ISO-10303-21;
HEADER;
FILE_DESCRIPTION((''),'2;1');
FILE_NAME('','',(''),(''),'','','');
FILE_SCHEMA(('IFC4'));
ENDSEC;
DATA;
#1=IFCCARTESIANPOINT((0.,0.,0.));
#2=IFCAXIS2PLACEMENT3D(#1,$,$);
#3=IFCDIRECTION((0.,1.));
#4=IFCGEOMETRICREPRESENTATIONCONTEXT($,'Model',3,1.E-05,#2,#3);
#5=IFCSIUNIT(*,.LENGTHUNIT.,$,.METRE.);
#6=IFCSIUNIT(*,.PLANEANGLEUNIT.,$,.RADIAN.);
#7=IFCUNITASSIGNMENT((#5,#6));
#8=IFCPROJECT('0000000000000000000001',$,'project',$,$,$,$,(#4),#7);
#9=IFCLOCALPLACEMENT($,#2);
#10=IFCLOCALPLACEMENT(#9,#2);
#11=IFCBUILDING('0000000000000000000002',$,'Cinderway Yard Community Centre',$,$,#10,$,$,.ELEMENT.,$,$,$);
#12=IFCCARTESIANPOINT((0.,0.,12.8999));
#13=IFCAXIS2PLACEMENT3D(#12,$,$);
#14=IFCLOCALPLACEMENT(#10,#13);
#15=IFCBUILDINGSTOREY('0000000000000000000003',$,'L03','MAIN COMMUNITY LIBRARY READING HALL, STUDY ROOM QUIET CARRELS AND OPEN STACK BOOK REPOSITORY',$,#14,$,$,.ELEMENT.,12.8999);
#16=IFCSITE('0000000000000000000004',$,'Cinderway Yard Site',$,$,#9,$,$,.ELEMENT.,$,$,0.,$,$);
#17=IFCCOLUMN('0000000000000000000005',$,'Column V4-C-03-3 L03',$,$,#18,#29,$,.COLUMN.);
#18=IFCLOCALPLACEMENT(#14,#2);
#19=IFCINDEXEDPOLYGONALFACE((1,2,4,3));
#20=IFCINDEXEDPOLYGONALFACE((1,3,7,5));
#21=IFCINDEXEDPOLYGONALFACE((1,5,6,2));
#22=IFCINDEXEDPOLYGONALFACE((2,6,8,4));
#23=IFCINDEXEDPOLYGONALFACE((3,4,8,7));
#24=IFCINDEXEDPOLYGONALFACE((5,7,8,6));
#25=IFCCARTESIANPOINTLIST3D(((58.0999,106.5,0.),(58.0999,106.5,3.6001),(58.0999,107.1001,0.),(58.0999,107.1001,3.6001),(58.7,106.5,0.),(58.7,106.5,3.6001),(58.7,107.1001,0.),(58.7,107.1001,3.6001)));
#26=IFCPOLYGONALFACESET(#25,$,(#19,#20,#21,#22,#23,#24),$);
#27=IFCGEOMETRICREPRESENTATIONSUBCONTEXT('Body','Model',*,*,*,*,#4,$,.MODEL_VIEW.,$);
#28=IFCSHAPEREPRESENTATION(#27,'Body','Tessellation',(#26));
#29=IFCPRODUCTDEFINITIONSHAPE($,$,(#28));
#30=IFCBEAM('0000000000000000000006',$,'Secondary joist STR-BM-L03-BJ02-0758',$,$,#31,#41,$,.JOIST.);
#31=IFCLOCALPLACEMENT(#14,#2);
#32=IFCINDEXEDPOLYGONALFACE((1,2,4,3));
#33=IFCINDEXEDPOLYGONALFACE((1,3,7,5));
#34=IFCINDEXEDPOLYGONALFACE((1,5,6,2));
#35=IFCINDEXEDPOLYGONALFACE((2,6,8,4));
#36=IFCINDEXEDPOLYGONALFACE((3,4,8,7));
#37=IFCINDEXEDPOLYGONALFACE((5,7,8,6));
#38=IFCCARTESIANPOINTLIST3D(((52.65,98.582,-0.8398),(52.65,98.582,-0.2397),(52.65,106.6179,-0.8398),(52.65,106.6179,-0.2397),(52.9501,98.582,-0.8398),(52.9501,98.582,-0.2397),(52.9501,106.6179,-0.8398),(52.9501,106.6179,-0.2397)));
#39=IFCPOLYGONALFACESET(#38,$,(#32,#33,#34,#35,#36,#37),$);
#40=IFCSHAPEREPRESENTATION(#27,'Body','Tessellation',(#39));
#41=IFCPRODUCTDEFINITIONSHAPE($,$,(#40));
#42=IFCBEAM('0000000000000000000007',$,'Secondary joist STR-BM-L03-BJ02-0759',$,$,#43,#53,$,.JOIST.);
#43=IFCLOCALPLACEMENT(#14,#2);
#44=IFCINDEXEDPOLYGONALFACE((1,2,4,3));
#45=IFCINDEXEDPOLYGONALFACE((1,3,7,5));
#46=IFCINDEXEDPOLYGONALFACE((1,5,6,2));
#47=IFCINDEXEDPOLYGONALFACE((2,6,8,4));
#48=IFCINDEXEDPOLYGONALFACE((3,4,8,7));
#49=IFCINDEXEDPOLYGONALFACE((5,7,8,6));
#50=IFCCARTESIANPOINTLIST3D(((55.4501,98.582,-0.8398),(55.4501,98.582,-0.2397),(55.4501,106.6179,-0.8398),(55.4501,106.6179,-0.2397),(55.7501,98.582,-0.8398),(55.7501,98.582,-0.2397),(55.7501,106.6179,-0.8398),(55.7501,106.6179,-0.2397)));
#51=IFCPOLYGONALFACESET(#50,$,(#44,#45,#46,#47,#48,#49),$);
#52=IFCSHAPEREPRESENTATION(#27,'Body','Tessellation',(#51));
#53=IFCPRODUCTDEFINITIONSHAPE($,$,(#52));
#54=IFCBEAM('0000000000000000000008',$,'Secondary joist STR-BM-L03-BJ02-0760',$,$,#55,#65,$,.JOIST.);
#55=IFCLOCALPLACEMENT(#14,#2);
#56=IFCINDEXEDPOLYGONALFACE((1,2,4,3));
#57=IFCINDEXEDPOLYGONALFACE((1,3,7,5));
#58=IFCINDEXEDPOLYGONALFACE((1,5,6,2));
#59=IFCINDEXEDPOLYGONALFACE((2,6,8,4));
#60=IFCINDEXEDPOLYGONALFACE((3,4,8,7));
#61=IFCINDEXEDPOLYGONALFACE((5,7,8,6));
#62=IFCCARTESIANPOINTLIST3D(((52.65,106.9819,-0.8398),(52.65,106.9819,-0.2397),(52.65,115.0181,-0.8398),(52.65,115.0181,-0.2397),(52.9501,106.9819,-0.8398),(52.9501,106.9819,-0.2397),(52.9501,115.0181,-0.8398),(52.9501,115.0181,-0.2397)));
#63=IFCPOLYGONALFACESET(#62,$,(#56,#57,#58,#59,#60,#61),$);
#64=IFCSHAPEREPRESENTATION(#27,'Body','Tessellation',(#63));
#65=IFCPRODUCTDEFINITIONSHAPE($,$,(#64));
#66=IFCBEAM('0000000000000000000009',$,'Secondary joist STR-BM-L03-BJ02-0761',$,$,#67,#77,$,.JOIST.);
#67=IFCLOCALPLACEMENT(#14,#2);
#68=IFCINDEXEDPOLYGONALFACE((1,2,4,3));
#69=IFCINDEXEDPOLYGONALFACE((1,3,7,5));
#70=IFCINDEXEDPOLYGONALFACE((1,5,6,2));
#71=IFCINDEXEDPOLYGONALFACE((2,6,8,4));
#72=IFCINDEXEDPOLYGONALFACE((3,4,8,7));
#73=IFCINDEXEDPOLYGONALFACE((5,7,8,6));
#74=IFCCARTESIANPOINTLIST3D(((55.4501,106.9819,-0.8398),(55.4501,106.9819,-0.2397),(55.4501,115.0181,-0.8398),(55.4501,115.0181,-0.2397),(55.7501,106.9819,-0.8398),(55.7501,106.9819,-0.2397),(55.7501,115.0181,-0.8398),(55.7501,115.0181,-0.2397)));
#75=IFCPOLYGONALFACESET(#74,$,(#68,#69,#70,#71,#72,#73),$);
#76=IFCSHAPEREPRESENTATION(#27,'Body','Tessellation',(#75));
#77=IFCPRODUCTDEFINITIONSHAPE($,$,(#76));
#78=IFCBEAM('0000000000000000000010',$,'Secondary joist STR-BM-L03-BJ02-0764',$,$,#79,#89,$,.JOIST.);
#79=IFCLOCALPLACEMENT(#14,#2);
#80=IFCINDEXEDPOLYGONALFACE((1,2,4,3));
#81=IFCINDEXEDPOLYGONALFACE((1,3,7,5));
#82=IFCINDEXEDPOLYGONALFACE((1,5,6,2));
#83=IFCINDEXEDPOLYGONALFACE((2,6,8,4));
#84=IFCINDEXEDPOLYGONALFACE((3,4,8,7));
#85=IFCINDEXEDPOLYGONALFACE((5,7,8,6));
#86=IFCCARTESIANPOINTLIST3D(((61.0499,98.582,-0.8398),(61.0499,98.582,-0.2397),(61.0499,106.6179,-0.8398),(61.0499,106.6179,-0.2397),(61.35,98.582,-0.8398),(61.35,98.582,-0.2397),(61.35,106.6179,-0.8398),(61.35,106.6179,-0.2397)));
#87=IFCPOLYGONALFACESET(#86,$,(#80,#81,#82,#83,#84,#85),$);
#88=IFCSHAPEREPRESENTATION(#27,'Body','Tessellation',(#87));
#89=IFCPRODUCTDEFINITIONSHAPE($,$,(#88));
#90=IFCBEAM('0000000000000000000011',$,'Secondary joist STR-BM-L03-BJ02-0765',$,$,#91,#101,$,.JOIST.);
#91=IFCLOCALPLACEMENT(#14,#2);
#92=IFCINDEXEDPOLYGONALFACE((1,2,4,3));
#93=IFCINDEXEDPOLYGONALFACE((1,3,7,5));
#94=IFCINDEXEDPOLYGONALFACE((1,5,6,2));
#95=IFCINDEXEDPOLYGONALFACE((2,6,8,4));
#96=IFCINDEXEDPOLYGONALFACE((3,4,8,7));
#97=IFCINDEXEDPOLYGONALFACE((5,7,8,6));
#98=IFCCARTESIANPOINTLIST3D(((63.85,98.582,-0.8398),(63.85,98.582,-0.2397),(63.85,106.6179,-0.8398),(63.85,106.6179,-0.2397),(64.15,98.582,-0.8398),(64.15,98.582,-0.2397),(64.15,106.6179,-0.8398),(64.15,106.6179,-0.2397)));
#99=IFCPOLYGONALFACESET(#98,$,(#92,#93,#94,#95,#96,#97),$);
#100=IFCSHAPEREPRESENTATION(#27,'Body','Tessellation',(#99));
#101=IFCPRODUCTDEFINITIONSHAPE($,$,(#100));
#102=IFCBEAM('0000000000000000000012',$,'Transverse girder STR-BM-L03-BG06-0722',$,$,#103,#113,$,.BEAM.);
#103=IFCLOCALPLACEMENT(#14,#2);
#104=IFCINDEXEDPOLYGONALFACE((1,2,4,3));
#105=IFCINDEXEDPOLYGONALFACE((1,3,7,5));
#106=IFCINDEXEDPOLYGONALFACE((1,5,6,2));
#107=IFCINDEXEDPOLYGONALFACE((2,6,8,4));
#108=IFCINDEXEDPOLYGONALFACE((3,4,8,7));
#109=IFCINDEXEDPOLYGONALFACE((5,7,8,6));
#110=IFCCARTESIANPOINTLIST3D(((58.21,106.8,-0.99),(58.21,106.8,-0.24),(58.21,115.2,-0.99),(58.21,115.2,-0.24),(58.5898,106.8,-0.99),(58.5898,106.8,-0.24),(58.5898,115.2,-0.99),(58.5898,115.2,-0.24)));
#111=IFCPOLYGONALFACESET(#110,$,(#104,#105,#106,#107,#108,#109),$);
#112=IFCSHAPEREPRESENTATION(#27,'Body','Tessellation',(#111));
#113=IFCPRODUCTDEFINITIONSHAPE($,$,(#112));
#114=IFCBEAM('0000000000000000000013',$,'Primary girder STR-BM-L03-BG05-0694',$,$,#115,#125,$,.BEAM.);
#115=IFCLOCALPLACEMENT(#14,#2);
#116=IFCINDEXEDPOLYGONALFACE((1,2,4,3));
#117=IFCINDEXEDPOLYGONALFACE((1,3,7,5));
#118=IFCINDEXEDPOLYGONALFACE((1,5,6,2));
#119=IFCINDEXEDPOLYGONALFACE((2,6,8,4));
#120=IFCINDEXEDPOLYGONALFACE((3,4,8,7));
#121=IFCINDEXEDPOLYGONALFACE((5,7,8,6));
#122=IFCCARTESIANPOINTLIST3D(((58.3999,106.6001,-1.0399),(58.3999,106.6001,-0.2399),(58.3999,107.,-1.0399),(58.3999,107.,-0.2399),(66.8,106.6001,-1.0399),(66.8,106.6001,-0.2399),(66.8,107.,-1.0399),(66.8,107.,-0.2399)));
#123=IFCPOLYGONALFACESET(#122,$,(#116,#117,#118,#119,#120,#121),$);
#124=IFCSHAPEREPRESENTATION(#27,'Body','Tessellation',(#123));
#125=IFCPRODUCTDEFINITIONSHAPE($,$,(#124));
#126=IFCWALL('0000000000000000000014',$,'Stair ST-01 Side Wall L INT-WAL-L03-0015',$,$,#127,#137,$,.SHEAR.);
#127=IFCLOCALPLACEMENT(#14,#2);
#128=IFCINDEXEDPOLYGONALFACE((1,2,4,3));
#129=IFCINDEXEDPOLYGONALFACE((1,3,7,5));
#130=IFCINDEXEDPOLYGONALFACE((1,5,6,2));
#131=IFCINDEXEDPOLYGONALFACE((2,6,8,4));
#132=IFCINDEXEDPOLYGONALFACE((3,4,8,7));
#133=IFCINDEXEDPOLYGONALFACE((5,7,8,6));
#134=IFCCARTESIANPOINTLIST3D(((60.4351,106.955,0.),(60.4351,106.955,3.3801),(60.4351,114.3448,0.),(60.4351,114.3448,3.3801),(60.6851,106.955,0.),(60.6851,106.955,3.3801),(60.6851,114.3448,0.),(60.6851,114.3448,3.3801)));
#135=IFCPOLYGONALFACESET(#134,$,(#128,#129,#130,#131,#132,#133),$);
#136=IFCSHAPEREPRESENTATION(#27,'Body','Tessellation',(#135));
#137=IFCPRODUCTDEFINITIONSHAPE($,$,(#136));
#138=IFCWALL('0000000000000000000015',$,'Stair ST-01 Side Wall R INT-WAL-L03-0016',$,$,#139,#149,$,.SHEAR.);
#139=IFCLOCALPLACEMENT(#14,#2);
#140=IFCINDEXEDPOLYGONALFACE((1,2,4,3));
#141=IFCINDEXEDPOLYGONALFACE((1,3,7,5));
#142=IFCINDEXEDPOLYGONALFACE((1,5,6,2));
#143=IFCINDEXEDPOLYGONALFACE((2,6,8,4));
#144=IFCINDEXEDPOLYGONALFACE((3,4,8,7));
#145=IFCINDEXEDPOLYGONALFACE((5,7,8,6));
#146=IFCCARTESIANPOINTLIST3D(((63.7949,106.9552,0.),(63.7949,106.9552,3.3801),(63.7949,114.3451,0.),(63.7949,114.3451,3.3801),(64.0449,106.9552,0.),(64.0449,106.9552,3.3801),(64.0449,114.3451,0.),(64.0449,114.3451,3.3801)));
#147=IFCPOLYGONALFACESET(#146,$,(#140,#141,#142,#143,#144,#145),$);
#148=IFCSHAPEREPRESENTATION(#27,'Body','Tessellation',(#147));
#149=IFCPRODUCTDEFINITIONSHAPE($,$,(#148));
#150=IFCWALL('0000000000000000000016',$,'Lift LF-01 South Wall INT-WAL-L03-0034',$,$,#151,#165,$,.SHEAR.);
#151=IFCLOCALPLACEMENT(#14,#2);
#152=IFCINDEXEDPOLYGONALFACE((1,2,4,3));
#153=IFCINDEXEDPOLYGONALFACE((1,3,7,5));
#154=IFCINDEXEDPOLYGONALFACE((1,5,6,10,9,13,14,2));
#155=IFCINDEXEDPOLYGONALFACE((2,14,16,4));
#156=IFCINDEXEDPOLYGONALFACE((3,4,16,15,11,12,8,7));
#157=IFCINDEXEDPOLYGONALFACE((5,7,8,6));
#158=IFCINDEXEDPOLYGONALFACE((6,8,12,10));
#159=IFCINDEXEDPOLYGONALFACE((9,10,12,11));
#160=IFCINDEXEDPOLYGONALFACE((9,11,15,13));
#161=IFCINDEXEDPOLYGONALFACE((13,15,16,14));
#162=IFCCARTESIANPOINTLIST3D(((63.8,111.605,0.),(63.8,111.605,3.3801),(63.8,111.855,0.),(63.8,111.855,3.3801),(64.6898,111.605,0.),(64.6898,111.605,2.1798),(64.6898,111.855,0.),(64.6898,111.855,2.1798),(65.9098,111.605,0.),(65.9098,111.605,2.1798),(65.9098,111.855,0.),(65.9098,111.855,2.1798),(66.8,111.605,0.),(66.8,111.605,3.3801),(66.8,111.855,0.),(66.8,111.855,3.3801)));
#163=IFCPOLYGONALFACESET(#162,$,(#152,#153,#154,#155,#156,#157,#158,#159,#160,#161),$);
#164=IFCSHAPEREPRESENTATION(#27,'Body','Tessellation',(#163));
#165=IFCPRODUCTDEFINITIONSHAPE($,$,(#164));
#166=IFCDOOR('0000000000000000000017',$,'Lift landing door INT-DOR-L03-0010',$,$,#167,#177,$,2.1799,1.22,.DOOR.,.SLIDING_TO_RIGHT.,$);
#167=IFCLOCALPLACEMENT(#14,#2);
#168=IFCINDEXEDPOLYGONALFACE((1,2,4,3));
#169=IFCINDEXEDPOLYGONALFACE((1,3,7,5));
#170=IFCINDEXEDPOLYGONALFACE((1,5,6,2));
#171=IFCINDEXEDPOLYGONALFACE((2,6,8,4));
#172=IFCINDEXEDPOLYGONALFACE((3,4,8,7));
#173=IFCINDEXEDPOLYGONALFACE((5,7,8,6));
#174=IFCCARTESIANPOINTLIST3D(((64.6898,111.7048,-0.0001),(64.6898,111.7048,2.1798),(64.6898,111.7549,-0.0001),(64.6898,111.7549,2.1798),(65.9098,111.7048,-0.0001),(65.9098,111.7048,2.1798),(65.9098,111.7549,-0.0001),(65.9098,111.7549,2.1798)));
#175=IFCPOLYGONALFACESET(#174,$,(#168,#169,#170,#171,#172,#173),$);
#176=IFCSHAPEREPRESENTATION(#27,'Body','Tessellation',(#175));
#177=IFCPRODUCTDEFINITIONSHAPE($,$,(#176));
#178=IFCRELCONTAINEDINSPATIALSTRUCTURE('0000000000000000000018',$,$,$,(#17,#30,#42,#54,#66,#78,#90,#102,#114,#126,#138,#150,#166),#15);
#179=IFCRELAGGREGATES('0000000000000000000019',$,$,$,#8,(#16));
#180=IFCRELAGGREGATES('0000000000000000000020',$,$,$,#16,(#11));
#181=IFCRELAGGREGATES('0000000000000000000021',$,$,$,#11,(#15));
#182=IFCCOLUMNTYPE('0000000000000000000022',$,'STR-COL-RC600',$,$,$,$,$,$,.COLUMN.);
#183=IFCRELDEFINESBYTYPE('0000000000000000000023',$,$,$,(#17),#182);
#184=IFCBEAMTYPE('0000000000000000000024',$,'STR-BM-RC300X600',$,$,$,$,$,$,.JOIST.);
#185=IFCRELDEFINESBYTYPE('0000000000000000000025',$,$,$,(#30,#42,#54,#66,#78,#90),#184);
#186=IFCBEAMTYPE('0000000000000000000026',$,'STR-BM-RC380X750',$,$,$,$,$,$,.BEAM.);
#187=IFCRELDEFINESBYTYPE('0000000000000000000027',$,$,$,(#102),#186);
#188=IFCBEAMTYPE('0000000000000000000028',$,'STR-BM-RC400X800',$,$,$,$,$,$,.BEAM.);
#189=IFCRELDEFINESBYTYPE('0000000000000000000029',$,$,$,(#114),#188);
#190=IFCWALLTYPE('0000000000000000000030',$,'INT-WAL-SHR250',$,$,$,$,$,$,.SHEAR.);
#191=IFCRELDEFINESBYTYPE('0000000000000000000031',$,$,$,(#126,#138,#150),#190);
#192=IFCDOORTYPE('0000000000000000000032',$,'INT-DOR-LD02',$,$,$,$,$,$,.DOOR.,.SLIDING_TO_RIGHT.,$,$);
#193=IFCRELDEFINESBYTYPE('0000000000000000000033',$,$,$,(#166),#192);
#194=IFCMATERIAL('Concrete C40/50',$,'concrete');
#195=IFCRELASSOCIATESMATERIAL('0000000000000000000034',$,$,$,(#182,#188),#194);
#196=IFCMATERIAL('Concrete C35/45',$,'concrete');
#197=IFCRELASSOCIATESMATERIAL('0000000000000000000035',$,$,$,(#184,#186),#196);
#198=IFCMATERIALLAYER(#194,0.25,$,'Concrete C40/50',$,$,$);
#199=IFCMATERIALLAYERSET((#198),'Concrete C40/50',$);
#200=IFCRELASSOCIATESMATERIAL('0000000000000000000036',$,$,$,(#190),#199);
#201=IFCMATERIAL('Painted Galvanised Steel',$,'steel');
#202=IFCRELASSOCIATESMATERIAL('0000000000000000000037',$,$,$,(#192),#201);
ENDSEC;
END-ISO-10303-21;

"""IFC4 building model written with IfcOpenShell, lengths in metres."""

from ifc_helpers import new_model, si_unit, direction, frame, frame_2d, origin, origin_2d, place, context, subcontext, project, spatial, rectangle, extrude, material, layer, layer_set, material_profile, profile_set, type_object, element, fill, save


model = new_model("IFC4")

# Units and contexts
model_context = context("Model", 3, precision=1e-05, world=origin(), true_north=direction((0.0, 1.0)))
body_context = subcontext(model_context, "Body", "Model", "MODEL_VIEW")
ifc_project = project(units=[si_unit("LENGTHUNIT", "METRE"), si_unit("PLANEANGLEUNIT", "RADIAN")], contexts=[model_context])

# Site, building, storey
site_placement = place(None, origin())
site = spatial("IfcSite", under=ifc_project, at=site_placement, Name="Cinderway Yard Site", CompositionType="ELEMENT", RefElevation=0.0)
building_placement = place(site_placement, origin())
building = spatial("IfcBuilding", under=site, at=building_placement, Name="Cinderway Yard Community Centre", CompositionType="ELEMENT")
storey_placement = place(building_placement, frame((0.0, 0.0, 12.8999)))
storey = spatial("IfcBuildingStorey", under=building, at=storey_placement, Name="L03", Description="MAIN COMMUNITY LIBRARY READING HALL, STUDY ROOM QUIET CARRELS AND OPEN STACK BOOK REPOSITORY", CompositionType="ELEMENT", Elevation=12.8999)

# Column
ifc_material_1 = material(Name="Concrete C40/50", Category="concrete")
ifc_material_profile_1 = material_profile(ifc_material_1, rectangle(XDim=0.6001, YDim=0.6001, at=origin_2d()), Name="Concrete C40/50")
ifc_profile_set_1 = profile_set([ifc_material_profile_1], Name="Concrete C40/50")
column_type = type_object("IfcColumnType", Name="STR-COL-RC600", PredefinedType="COLUMN", material=ifc_profile_set_1)
column_placement = place(storey_placement, frame((58.3999, 106.8, 0.0), z_axis=(0.0, 0.0, 1.0), x_axis=(1.0, 0.0, 0.0)))
element("IfcColumn", 1, at=column_placement, inside=storey, type_object=column_type, Name="Column V4-C-03-3 L03", PredefinedType="COLUMN", context=body_context, shape_type="SweptSolid", body=[
    extrude(rectangle(XDim=0.6001, YDim=0.6001, at=origin_2d()), origin(), (0.0, 0.0, 1.0), 3.6001),
])

# Beams
ifc_material_2 = material(Name="Concrete C35/45", Category="concrete")
ifc_material_profile_2 = material_profile(ifc_material_2, rectangle(XDim=0.3, YDim=0.6001, at=origin_2d()), Name="Concrete C35/45")
ifc_profile_set_2 = profile_set([ifc_material_profile_2], Name="Concrete C35/45")
beam_type_1 = type_object("IfcBeamType", Name="STR-BM-RC300X600", PredefinedType="JOIST", material=ifc_profile_set_2)
for number, where, z_axis, x_axis, name in (
    (2, (52.8, 98.582, -0.5398), (0.0, 1.0, 0.0), (-1.0, 0.0, 0.0), "Secondary joist STR-BM-L03-BJ02-0758"),
    (3, (55.6001, 98.582, -0.5398), (0.0, 1.0, 0.0), (-1.0, 0.0, 0.0), "Secondary joist STR-BM-L03-BJ02-0759"),
):
    element("IfcBeam", number, at=place(storey_placement, frame(where, z_axis=z_axis, x_axis=x_axis)), inside=storey, type_object=beam_type_1, Name=name, PredefinedType="JOIST", context=body_context, shape_type="SweptSolid", body=[
        extrude(rectangle(XDim=0.3, YDim=0.6001, at=origin_2d()), origin(), (0.0, 0.0, 1.0), 8.0359),
    ])
for number, where, z_axis, x_axis, name in (
    (4, (52.8, 106.9819, -0.5398), (0.0, 1.0, 0.0), (-1.0, 0.0, 0.0), "Secondary joist STR-BM-L03-BJ02-0760"),
    (5, (55.6001, 106.9819, -0.5398), (0.0, 1.0, 0.0), (-1.0, 0.0, 0.0), "Secondary joist STR-BM-L03-BJ02-0761"),
):
    element("IfcBeam", number, at=place(storey_placement, frame(where, z_axis=z_axis, x_axis=x_axis)), inside=storey, type_object=beam_type_1, Name=name, PredefinedType="JOIST", context=body_context, shape_type="SweptSolid", body=[
        extrude(rectangle(XDim=0.3, YDim=0.6001, at=origin_2d()), origin(), (0.0, 0.0, 1.0), 8.0361),
    ])
for number, where, z_axis, x_axis, name in (
    (6, (61.2, 98.582, -0.5398), (0.0, 1.0, 0.0), (-1.0, 0.0, 0.0), "Secondary joist STR-BM-L03-BJ02-0764"),
    (7, (64.0, 98.582, -0.5398), (0.0, 1.0, 0.0), (-1.0, 0.0, 0.0), "Secondary joist STR-BM-L03-BJ02-0765"),
):
    element("IfcBeam", number, at=place(storey_placement, frame(where, z_axis=z_axis, x_axis=x_axis)), inside=storey, type_object=beam_type_1, Name=name, PredefinedType="JOIST", context=body_context, shape_type="SweptSolid", body=[
        extrude(rectangle(XDim=0.3, YDim=0.6001, at=origin_2d()), origin(), (0.0, 0.0, 1.0), 8.0359),
    ])
ifc_material_profile_3 = material_profile(ifc_material_2, rectangle(XDim=0.3799, YDim=0.75, at=origin_2d()), Name="Concrete C35/45")
ifc_profile_set_3 = profile_set([ifc_material_profile_3], Name="Concrete C35/45")
beam_type_2 = type_object("IfcBeamType", Name="STR-BM-RC380X750", PredefinedType="BEAM", material=ifc_profile_set_3)
beam_1_placement = place(storey_placement, frame((58.3999, 106.8, -0.615), z_axis=(0.0, 1.0, 0.0), x_axis=(-1.0, 0.0, 0.0)))
element("IfcBeam", 8, at=beam_1_placement, inside=storey, type_object=beam_type_2, Name="Transverse girder STR-BM-L03-BG06-0722", PredefinedType="BEAM", context=body_context, shape_type="SweptSolid", body=[
    extrude(rectangle(XDim=0.3799, YDim=0.75, at=origin_2d()), origin(), (0.0, 0.0, 1.0), 8.3999),
])
ifc_material_profile_4 = material_profile(ifc_material_1, rectangle(XDim=0.3999, YDim=0.8, at=origin_2d()), Name="Concrete C40/50")
ifc_profile_set_4 = profile_set([ifc_material_profile_4], Name="Concrete C40/50")
beam_type_3 = type_object("IfcBeamType", Name="STR-BM-RC400X800", PredefinedType="BEAM", material=ifc_profile_set_4)
beam_2_placement = place(storey_placement, frame((58.3999, 106.8, -0.6399), z_axis=(1.0, 0.0, 0.0), x_axis=(0.0, 1.0, 0.0)))
element("IfcBeam", 9, at=beam_2_placement, inside=storey, type_object=beam_type_3, Name="Primary girder STR-BM-L03-BG05-0694", PredefinedType="BEAM", context=body_context, shape_type="SweptSolid", body=[
    extrude(rectangle(XDim=0.3999, YDim=0.8, at=origin_2d()), origin(), (0.0, 0.0, 1.0), 8.4001),
])

# Shared definitions
ifc_layer = layer(ifc_material_1, 0.25, Name="Concrete C40/50")
ifc_layer_set = layer_set([ifc_layer], Name="Concrete C40/50")
wall_type = type_object("IfcWallType", Name="INT-WAL-SHR250", PredefinedType="SHEAR", material=ifc_layer_set)
ifc_material_3 = material(Name="Painted Galvanised Steel", Category="steel")

# Walls
for number, where, z_axis, x_axis, name in (
    (10, (60.5601, 106.9551, 0.0), (0.0, 0.0, 1.0), (0.0, 1.0, 0.0), "Stair ST-01 Side Wall L INT-WAL-L03-0015"),
    (11, (63.9199, 114.345, 0.0), (0.0, 0.0, 1.0), (0.0, -1.0, 0.0), "Stair ST-01 Side Wall R INT-WAL-L03-0016"),
):
    element("IfcWall", number, at=place(storey_placement, frame(where, z_axis=z_axis, x_axis=x_axis)), inside=storey, type_object=wall_type, Name=name, PredefinedType="SHEAR", context=body_context, shape_type="SweptSolid", body=[
        extrude(rectangle(XDim=7.3899, YDim=0.25, at=frame_2d((3.6948, 0.0))), origin(), (0.0, 0.0, 1.0), 3.3801),
    ])

# Wall, opening, door
wall_1_placement = place(storey_placement, frame((63.8, 111.73, 0.0), z_axis=(0.0, 0.0, 1.0), x_axis=(1.0, 0.0, 0.0)))
wall_1 = element("IfcWall", 12, at=wall_1_placement, inside=storey, type_object=wall_type, Name="Lift LF-01 South Wall INT-WAL-L03-0034", PredefinedType="SHEAR", context=body_context, shape_type="SweptSolid", body=[
    extrude(rectangle(XDim=3.0, YDim=0.25, at=frame_2d((1.5, 0.0))), origin(), (0.0, 0.0, 1.0), 3.3801),
])
opening_1_placement = place(wall_1_placement, frame((0.8899, 0.0, 0.0)))
opening_1 = element("IfcOpeningElement", 13, at=opening_1_placement, cuts=wall_1, PredefinedType="OPENING", context=body_context, shape_type="SweptSolid", body=[
    extrude(rectangle(XDim=1.22, YDim=2.1799, at=frame_2d((0.6099, 1.0898))), frame((0.0, 0.135, 0.0), z_axis=(0.0, -1.0, 0.0), x_axis=(1.0, 0.0, 0.0)), (0.0, 0.0, 1.0), 0.27),
])
door_type_1 = type_object("IfcDoorType", Name="INT-DOR-LD02", OperationType="SLIDING_TO_RIGHT", PredefinedType="DOOR", material=ifc_material_3)
door_1_placement = place(opening_1_placement, origin())
door_1 = element("IfcDoor", 14, at=door_1_placement, inside=storey, type_object=door_type_1, Name="Lift landing door INT-DOR-L03-0010", OperationType="SLIDING_TO_RIGHT", OverallHeight=2.1799, OverallWidth=1.22, PredefinedType="DOOR", context=body_context, shape_type="SweptSolid", body=[
    extrude(rectangle(XDim=1.22, YDim=2.1799, at=frame_2d((0.6099, 1.0898))), frame((0.0, 0.0249, 0.0), z_axis=(0.0, -1.0, 0.0), x_axis=(1.0, 0.0, 0.0)), (0.0, 0.0, 1.0), 0.05),
])
fill(opening_1, door_1)

save(model, "model.ifc")
